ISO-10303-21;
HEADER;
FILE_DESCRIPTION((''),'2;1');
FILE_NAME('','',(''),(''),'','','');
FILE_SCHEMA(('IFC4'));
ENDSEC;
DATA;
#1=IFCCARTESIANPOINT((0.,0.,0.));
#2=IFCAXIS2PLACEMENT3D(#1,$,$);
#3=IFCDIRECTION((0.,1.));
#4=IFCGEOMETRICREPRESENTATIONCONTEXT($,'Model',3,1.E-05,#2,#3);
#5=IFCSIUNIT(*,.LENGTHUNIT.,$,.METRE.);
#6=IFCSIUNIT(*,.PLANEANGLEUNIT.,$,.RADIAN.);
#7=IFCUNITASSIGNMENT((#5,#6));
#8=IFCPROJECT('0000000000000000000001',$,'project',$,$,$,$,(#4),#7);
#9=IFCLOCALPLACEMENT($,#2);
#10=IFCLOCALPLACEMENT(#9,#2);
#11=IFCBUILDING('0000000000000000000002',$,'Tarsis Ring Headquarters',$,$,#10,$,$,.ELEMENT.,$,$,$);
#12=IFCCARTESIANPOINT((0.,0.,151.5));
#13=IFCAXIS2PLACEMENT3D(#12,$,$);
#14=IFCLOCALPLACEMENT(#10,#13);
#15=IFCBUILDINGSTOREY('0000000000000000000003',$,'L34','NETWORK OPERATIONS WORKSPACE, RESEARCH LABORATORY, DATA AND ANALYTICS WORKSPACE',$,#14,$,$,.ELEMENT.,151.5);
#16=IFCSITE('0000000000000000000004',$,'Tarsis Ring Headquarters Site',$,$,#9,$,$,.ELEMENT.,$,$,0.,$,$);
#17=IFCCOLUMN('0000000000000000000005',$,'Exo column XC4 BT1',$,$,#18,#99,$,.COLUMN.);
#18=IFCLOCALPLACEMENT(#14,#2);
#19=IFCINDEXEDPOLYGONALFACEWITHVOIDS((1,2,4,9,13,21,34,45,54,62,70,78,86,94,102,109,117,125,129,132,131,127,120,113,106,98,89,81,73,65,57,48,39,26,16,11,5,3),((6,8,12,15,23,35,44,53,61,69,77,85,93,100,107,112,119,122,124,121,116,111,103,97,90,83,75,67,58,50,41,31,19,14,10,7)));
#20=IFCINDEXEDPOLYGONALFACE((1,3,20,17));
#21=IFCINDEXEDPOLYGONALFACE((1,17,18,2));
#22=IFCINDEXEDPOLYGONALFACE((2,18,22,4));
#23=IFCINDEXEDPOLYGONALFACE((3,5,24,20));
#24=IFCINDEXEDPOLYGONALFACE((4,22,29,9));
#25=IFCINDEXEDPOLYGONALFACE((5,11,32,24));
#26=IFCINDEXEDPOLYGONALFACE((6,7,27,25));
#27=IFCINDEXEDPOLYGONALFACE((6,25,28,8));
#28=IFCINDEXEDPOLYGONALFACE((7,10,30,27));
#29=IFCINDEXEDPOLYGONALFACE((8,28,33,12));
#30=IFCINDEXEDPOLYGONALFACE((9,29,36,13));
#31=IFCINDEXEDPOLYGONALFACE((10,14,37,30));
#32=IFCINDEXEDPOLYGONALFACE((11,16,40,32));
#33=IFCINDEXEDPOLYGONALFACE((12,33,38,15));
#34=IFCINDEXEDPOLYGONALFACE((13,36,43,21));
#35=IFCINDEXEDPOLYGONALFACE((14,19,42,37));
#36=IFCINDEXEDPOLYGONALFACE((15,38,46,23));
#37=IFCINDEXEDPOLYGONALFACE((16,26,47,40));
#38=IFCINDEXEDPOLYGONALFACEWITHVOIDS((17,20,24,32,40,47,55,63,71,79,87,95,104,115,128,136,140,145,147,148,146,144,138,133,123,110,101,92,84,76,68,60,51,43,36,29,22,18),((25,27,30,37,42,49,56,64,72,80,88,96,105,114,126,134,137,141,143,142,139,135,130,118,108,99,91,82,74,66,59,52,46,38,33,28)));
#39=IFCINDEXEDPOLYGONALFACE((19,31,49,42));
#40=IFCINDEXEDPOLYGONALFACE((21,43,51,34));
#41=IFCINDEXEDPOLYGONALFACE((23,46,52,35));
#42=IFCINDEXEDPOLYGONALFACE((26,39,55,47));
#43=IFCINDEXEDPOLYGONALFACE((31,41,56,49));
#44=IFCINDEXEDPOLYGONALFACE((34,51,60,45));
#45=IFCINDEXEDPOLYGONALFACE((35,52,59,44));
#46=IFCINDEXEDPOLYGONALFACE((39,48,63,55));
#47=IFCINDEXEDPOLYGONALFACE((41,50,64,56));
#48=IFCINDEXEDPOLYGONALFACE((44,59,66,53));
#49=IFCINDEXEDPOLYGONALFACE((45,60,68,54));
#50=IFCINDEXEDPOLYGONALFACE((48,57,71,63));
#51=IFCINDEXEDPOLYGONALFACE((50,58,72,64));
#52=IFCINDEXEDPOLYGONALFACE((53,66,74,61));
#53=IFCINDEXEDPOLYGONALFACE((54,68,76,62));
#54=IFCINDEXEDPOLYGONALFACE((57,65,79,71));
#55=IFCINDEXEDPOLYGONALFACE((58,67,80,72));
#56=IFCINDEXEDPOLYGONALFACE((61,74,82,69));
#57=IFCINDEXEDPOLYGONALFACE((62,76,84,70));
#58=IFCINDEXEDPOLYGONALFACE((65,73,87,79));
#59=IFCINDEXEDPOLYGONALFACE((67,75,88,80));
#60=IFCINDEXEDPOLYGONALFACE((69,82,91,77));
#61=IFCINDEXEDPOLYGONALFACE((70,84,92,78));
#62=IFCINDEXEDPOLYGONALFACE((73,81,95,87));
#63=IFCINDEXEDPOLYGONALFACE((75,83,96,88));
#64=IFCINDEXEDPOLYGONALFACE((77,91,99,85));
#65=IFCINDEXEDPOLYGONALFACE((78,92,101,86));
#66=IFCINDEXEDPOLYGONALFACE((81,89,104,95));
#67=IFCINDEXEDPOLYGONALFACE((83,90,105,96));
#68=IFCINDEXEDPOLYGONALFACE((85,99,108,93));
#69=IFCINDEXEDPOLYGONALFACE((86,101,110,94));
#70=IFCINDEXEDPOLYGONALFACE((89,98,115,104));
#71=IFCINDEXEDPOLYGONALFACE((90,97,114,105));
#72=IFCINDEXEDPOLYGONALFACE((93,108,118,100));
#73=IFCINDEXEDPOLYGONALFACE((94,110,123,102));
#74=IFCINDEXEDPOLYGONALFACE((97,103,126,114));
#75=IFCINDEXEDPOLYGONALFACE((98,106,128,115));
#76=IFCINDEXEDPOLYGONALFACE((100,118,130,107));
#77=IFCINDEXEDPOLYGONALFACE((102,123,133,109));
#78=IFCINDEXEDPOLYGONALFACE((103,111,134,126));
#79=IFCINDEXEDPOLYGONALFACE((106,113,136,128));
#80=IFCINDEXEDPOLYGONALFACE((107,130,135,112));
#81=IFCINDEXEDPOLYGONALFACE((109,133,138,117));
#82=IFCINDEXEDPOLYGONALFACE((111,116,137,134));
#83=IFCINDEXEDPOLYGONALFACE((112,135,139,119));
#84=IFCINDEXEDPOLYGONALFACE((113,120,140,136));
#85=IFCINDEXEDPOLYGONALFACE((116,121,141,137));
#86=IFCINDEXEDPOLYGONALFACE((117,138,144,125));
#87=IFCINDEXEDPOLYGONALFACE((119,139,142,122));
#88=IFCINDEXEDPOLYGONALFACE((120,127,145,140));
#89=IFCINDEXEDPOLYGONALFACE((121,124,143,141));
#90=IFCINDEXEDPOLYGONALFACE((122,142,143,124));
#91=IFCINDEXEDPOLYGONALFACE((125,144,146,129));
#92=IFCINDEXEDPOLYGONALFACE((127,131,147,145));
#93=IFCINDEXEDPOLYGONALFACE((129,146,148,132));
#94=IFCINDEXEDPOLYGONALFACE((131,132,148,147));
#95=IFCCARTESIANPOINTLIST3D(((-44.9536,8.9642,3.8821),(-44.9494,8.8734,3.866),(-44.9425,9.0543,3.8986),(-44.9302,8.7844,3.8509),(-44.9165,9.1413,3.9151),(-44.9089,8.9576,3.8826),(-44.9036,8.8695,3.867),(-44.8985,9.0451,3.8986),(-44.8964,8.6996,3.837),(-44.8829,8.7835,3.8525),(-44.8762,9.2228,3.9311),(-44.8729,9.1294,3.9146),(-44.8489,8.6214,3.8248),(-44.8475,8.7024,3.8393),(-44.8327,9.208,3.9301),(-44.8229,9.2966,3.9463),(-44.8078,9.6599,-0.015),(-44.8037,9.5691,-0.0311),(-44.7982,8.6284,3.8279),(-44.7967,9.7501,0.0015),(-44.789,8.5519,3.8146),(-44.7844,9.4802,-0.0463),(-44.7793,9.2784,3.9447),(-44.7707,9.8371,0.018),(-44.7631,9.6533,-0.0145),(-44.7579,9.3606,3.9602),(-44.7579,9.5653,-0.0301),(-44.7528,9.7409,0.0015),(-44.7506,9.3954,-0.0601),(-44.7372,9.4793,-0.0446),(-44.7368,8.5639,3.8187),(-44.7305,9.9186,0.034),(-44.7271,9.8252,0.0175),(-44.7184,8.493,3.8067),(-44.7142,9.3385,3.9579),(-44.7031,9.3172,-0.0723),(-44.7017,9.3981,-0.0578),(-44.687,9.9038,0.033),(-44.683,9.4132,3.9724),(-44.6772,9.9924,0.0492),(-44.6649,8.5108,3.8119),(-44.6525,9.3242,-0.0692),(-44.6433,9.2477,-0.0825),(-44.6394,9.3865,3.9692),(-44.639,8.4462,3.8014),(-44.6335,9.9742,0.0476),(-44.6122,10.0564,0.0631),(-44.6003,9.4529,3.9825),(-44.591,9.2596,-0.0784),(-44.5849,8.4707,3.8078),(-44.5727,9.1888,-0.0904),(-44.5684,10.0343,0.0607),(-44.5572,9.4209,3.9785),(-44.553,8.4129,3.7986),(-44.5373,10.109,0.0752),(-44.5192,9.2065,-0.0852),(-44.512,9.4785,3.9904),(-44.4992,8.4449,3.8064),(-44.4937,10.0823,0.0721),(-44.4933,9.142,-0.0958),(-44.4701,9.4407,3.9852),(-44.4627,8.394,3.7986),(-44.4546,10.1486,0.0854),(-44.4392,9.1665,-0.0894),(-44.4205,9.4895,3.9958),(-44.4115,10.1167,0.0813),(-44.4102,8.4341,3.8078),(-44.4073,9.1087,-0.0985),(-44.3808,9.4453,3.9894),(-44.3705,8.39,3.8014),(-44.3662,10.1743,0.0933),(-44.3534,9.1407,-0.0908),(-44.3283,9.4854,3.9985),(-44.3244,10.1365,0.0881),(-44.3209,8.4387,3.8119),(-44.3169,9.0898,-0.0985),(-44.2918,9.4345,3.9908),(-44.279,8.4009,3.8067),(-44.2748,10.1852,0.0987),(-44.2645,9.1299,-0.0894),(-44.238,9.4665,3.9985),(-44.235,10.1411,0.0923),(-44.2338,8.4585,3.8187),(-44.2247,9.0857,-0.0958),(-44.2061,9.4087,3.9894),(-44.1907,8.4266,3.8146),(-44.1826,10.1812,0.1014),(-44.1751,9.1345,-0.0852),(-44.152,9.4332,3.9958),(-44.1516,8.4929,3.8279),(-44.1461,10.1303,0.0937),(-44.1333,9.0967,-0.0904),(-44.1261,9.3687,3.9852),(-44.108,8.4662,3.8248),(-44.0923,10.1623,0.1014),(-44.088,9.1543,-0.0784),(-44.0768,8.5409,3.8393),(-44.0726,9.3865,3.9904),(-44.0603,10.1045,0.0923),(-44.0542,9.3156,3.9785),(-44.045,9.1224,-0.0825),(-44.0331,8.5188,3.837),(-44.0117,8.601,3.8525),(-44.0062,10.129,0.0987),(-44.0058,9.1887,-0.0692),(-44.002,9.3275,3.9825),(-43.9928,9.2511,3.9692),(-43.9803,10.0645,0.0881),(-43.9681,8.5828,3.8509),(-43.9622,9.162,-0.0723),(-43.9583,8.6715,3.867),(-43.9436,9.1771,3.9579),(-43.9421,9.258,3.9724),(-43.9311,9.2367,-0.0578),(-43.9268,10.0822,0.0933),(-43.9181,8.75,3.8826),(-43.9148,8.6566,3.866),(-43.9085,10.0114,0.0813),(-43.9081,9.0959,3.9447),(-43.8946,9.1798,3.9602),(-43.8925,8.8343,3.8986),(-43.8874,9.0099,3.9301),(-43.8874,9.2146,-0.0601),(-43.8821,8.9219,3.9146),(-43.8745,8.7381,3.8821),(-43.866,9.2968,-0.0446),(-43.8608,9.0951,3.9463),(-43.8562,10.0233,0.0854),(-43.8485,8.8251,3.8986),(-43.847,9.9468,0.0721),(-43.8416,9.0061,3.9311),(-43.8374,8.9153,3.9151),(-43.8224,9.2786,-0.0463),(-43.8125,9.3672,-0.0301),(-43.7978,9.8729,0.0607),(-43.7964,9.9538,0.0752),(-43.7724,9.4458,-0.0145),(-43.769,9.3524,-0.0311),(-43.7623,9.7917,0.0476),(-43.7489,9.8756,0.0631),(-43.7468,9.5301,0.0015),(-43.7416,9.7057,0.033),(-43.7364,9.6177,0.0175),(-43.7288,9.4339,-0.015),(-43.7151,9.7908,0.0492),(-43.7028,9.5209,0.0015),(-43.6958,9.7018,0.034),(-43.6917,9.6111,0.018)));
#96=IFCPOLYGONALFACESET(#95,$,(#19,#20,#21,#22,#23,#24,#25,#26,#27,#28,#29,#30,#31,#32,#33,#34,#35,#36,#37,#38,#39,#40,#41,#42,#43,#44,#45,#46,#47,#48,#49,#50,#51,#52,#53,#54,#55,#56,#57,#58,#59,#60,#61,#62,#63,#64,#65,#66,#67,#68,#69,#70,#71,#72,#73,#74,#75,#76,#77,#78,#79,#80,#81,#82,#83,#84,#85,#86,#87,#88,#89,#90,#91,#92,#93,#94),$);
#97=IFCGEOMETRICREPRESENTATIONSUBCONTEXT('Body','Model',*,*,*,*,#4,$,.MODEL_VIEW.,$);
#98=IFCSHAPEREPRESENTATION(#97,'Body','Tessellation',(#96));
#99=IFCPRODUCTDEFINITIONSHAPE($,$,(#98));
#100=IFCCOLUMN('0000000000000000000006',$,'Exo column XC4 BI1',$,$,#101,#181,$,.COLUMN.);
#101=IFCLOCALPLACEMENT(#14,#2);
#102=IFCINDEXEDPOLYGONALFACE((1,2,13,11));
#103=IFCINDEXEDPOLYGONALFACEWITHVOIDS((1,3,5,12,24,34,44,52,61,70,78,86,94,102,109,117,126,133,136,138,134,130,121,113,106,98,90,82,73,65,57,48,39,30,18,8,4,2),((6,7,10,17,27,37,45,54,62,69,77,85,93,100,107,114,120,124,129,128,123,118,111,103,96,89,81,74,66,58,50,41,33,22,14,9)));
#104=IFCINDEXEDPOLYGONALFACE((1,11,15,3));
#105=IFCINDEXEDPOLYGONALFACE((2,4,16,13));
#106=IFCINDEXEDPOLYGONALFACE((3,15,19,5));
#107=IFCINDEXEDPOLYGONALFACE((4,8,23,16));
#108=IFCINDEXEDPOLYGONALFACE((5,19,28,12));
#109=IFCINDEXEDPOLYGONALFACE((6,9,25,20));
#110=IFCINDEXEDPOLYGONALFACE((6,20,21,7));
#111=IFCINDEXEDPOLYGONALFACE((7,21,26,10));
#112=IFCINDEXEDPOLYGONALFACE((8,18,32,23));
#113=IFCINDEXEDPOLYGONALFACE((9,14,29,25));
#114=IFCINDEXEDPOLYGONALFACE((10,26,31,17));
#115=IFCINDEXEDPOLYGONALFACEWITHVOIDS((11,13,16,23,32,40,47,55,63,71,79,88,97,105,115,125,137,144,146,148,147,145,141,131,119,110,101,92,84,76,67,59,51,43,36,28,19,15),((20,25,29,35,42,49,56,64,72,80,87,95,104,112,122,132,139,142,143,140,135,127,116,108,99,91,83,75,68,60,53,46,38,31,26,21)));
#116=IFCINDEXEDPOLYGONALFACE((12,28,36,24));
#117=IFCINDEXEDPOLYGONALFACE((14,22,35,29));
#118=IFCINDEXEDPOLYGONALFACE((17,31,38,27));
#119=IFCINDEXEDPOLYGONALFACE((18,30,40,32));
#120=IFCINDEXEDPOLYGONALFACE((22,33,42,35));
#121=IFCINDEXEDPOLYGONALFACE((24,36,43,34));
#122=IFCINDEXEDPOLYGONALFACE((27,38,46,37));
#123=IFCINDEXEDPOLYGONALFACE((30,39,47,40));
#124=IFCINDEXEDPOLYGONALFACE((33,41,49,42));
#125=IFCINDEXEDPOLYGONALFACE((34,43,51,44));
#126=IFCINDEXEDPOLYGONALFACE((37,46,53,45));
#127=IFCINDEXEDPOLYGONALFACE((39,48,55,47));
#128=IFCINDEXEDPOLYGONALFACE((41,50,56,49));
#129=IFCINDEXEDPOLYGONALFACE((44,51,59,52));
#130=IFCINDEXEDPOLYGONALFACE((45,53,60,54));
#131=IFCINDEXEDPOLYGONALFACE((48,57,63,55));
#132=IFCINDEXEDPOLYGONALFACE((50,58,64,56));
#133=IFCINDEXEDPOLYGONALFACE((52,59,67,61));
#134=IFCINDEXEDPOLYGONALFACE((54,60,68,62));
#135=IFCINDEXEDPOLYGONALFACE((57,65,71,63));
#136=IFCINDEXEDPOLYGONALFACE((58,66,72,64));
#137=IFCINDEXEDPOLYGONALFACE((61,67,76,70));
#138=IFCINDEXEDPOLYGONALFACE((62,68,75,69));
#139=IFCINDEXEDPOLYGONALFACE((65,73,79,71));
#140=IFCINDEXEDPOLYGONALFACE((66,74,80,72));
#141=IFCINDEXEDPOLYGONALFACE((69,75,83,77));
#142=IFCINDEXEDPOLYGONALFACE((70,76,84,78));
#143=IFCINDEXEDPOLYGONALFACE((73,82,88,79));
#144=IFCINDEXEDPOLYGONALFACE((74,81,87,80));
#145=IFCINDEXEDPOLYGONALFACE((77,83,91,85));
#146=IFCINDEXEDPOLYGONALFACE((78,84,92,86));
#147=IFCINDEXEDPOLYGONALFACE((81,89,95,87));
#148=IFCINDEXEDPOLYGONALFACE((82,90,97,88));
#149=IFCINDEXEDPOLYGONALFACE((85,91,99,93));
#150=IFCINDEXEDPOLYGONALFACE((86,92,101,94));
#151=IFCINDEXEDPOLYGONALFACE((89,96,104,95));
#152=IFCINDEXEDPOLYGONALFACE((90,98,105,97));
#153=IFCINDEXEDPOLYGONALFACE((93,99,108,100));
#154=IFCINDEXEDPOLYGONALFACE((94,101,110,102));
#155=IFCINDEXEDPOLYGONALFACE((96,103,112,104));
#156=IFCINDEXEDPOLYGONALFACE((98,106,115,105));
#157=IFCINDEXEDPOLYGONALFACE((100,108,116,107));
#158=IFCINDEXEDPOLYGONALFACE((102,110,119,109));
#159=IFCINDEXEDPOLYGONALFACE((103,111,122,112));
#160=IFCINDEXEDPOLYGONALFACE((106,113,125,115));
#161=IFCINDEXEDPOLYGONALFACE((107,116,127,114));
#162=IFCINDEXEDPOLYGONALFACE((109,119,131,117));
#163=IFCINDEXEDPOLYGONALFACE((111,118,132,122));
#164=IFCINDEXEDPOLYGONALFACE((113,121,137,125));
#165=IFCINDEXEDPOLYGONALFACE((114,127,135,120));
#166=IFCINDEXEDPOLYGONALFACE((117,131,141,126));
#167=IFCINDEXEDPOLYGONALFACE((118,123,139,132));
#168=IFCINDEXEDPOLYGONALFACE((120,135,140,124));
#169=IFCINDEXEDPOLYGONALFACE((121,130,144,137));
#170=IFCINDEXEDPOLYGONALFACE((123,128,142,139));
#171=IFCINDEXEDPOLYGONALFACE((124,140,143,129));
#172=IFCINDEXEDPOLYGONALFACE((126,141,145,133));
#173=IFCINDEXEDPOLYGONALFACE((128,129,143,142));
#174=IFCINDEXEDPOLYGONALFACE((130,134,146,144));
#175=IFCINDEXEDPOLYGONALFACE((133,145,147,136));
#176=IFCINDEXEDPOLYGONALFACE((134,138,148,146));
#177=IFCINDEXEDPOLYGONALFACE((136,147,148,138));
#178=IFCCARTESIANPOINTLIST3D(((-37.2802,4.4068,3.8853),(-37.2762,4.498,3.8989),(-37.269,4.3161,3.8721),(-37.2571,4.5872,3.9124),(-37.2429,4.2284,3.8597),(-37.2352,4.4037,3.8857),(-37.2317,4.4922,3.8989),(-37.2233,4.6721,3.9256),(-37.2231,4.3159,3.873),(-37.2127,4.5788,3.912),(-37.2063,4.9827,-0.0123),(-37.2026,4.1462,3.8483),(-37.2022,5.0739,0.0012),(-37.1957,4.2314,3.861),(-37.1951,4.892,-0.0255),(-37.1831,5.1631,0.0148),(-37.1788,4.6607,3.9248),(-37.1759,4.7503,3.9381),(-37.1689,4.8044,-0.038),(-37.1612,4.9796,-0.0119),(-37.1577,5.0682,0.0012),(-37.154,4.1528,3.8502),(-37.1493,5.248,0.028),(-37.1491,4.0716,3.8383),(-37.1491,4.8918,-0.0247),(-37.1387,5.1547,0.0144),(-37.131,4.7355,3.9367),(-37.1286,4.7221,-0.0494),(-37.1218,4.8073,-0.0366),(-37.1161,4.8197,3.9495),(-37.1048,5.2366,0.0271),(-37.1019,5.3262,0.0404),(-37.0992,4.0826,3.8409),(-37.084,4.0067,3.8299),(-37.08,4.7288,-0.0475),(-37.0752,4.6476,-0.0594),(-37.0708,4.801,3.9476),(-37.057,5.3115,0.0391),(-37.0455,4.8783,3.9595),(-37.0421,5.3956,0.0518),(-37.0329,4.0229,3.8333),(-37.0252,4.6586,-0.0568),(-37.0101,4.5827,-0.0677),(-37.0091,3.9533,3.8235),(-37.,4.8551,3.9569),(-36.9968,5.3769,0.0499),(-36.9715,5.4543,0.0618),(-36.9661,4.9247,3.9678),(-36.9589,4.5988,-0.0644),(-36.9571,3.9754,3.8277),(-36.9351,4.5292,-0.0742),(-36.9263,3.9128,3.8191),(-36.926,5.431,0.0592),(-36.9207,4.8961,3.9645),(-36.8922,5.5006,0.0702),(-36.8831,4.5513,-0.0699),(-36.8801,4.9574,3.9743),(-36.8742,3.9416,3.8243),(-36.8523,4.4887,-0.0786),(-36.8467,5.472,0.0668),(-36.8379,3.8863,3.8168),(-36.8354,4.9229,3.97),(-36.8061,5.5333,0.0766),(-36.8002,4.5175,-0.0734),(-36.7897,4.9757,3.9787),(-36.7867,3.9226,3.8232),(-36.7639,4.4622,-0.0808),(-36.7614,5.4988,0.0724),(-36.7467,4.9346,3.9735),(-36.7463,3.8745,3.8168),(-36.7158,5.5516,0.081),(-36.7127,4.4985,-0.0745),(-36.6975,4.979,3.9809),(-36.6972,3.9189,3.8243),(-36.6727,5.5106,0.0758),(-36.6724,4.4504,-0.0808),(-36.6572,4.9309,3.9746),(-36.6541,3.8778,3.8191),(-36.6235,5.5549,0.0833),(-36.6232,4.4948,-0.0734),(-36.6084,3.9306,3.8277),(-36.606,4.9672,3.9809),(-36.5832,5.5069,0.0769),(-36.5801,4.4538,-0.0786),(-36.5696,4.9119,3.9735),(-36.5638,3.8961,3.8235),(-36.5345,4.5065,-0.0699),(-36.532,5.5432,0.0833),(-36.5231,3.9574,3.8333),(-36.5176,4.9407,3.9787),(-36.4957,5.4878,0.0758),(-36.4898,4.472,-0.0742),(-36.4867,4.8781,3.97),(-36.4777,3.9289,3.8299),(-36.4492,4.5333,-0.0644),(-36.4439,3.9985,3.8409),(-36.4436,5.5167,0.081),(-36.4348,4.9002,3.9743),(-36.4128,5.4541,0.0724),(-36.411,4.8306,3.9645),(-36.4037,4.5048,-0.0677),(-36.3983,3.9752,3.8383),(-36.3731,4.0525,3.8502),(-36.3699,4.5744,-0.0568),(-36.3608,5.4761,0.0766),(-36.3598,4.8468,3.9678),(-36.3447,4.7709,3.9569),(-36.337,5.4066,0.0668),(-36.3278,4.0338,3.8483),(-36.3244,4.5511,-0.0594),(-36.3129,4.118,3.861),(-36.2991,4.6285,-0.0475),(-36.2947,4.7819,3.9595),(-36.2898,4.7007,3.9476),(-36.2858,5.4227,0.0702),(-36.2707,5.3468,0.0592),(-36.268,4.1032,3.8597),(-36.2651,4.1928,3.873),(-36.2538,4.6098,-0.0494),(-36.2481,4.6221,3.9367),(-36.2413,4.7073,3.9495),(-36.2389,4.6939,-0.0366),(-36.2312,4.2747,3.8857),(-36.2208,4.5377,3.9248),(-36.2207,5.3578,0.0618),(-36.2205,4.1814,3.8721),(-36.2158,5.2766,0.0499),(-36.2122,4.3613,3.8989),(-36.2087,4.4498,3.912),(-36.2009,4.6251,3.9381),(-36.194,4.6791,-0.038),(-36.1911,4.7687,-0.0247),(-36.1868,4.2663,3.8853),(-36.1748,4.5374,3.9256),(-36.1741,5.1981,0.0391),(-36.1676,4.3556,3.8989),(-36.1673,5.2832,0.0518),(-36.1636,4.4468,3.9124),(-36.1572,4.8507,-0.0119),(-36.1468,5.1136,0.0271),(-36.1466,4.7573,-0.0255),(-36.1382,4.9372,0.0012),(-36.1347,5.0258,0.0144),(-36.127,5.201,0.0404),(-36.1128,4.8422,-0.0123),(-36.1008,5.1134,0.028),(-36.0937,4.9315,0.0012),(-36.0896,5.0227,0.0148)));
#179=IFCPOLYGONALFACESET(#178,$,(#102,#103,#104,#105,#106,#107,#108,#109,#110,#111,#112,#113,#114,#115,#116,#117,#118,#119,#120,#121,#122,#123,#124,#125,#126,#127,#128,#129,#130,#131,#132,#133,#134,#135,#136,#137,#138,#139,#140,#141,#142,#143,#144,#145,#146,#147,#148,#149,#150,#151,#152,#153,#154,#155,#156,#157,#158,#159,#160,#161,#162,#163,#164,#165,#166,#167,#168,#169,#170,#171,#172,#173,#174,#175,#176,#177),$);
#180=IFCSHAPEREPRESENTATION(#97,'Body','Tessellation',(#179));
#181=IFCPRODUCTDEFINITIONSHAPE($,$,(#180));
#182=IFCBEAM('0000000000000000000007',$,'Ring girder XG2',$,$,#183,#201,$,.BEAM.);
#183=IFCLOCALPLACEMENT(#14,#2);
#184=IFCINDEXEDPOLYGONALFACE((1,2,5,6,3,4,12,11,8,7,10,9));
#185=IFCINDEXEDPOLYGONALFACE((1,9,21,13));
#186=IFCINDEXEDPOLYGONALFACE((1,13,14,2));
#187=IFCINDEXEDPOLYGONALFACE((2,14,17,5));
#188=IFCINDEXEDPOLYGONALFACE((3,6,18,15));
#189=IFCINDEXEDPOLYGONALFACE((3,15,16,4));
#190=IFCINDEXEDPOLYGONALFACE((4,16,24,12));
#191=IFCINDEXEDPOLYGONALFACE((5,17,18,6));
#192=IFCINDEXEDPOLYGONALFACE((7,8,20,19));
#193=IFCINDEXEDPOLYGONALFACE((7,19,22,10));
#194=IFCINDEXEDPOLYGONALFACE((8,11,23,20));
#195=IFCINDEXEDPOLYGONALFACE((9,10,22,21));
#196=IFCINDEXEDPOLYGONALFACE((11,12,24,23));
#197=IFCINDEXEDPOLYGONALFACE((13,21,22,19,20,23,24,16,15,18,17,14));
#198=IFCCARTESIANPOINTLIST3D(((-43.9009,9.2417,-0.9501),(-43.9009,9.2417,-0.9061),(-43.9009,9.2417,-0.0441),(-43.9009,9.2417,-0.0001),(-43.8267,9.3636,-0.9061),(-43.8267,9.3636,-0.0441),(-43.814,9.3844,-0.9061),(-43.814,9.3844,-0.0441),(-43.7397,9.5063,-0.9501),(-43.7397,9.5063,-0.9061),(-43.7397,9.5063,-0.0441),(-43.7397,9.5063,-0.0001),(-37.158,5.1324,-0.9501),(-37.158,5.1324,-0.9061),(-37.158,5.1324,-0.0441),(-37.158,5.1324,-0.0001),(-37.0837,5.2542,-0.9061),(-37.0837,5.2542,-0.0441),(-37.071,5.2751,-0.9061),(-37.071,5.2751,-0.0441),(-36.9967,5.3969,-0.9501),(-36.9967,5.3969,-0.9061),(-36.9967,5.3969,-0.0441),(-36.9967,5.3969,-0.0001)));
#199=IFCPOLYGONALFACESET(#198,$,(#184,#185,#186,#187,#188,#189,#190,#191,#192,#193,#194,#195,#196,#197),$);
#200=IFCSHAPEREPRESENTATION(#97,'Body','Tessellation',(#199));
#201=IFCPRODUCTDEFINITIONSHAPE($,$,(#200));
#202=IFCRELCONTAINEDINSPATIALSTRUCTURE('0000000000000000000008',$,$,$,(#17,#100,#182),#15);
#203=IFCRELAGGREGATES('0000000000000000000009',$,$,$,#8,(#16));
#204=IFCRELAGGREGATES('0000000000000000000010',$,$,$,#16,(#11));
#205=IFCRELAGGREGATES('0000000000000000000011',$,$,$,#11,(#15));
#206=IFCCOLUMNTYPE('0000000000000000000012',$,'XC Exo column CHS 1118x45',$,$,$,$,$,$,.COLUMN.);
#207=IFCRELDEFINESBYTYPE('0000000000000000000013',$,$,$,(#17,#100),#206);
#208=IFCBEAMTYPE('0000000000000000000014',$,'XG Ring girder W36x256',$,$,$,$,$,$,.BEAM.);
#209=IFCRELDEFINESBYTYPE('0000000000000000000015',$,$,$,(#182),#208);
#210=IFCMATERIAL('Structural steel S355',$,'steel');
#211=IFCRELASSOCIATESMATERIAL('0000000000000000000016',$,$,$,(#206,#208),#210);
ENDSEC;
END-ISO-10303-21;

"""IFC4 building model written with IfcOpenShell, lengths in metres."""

from ifc_helpers import new_model, si_unit, direction, frame, origin, origin_2d, place, context, subcontext, project, spatial, hollow_circle, i_section, extrude, material, material_profile, profile_set, type_object, element, save


model = new_model("IFC4")

# Units and contexts
model_context = context("Model", 3, precision=1e-05, world=origin(), true_north=direction((0.0, 1.0)))
body_context = subcontext(model_context, "Body", "Model", "MODEL_VIEW")
ifc_project = project(units=[si_unit("LENGTHUNIT", "METRE"), si_unit("PLANEANGLEUNIT", "RADIAN")], contexts=[model_context])

# Site, building, storey
site_placement = place(None, origin())
site = spatial("IfcSite", under=ifc_project, at=site_placement, Name="Tarsis Ring Headquarters Site", CompositionType="ELEMENT", RefElevation=0.0)
building_placement = place(site_placement, origin())
building = spatial("IfcBuilding", under=site, at=building_placement, Name="Tarsis Ring Headquarters", CompositionType="ELEMENT")
storey_placement = place(building_placement, frame((0.0, 0.0, 151.5)))
storey = spatial("IfcBuildingStorey", under=building, at=storey_placement, Name="L34", Description="NETWORK OPERATIONS WORKSPACE, RESEARCH LABORATORY, DATA AND ANALYTICS WORKSPACE", CompositionType="ELEMENT", Elevation=151.5)

# Columns
ifc_material_1 = material(Name="Structural steel S355", Category="steel")
ifc_material_profile_1 = material_profile(ifc_material_1, hollow_circle(Radius=0.5588, WallThickness=0.0449, at=origin_2d()), Name="CHS 1118x45")
ifc_profile_set_1 = profile_set([ifc_material_profile_1], Name="Structural steel S355")
column_type = type_object("IfcColumnType", Name="XC Exo column CHS 1118x45", PredefinedType="COLUMN", material=ifc_profile_set_1)
column_1_placement = place(storey_placement, frame((-44.2498, 9.6355, 0.0015), z_axis=(-0.036792, -0.17564, 0.983767), x_axis=(0.978757, -0.205024, 0.0)))
element("IfcColumn", 1, at=column_1_placement, inside=storey, type_object=column_type, Name="Exo column XC4 BT1", PredefinedType="COLUMN", context=body_context, shape_type="SweptSolid", body=[
    extrude(hollow_circle(Radius=0.5588, WallThickness=0.0449, at=origin_2d()), origin(), (0.0, 0.0, 1.0), 3.9614),
])
column_2_placement = place(storey_placement, frame((-36.6479, 5.0027, 0.0012), z_axis=(-0.018772, -0.146148, 0.989085), x_axis=(0.991852, -0.127398, 0.0)))
element("IfcColumn", 2, at=column_2_placement, inside=storey, type_object=column_type, Name="Exo column XC4 BI1", PredefinedType="COLUMN", context=body_context, shape_type="SweptSolid", body=[
    extrude(hollow_circle(Radius=0.5588, WallThickness=0.0449, at=origin_2d()), origin(), (0.0, 0.0, 1.0), 3.9407),
])

# Beam
ifc_material_profile_2 = material_profile(ifc_material_1, i_section(OverallWidth=0.3098, OverallDepth=0.95, WebThickness=0.0244, FlangeThickness=0.0439, at=origin_2d()), Name="W36x256")
ifc_profile_set_2 = profile_set([ifc_material_profile_2], Name="Structural steel S355")
beam_type = type_object("IfcBeamType", Name="XG Ring girder W36x256", PredefinedType="BEAM", material=ifc_profile_set_2)
for number, where, z_axis, x_axis, name in (
    (3, (-43.8203, 9.374, -0.4751), (0.853918, -0.520408, 0.0), (0.520408, 0.853918, 0.0), "Ring girder XG2"),
):
    element("IfcBeam", number, at=place(storey_placement, frame(where, z_axis=z_axis, x_axis=x_axis)), inside=storey, type_object=beam_type, Name=name, PredefinedType="BEAM", context=body_context, shape_type="SweptSolid", body=[
        extrude(i_section(OverallWidth=0.3098, OverallDepth=0.95, WebThickness=0.0244, FlangeThickness=0.0439, at=origin_2d()), origin(), (0.0, 0.0, 1.0), 7.8965),
    ])

save(model, "model.ifc")
